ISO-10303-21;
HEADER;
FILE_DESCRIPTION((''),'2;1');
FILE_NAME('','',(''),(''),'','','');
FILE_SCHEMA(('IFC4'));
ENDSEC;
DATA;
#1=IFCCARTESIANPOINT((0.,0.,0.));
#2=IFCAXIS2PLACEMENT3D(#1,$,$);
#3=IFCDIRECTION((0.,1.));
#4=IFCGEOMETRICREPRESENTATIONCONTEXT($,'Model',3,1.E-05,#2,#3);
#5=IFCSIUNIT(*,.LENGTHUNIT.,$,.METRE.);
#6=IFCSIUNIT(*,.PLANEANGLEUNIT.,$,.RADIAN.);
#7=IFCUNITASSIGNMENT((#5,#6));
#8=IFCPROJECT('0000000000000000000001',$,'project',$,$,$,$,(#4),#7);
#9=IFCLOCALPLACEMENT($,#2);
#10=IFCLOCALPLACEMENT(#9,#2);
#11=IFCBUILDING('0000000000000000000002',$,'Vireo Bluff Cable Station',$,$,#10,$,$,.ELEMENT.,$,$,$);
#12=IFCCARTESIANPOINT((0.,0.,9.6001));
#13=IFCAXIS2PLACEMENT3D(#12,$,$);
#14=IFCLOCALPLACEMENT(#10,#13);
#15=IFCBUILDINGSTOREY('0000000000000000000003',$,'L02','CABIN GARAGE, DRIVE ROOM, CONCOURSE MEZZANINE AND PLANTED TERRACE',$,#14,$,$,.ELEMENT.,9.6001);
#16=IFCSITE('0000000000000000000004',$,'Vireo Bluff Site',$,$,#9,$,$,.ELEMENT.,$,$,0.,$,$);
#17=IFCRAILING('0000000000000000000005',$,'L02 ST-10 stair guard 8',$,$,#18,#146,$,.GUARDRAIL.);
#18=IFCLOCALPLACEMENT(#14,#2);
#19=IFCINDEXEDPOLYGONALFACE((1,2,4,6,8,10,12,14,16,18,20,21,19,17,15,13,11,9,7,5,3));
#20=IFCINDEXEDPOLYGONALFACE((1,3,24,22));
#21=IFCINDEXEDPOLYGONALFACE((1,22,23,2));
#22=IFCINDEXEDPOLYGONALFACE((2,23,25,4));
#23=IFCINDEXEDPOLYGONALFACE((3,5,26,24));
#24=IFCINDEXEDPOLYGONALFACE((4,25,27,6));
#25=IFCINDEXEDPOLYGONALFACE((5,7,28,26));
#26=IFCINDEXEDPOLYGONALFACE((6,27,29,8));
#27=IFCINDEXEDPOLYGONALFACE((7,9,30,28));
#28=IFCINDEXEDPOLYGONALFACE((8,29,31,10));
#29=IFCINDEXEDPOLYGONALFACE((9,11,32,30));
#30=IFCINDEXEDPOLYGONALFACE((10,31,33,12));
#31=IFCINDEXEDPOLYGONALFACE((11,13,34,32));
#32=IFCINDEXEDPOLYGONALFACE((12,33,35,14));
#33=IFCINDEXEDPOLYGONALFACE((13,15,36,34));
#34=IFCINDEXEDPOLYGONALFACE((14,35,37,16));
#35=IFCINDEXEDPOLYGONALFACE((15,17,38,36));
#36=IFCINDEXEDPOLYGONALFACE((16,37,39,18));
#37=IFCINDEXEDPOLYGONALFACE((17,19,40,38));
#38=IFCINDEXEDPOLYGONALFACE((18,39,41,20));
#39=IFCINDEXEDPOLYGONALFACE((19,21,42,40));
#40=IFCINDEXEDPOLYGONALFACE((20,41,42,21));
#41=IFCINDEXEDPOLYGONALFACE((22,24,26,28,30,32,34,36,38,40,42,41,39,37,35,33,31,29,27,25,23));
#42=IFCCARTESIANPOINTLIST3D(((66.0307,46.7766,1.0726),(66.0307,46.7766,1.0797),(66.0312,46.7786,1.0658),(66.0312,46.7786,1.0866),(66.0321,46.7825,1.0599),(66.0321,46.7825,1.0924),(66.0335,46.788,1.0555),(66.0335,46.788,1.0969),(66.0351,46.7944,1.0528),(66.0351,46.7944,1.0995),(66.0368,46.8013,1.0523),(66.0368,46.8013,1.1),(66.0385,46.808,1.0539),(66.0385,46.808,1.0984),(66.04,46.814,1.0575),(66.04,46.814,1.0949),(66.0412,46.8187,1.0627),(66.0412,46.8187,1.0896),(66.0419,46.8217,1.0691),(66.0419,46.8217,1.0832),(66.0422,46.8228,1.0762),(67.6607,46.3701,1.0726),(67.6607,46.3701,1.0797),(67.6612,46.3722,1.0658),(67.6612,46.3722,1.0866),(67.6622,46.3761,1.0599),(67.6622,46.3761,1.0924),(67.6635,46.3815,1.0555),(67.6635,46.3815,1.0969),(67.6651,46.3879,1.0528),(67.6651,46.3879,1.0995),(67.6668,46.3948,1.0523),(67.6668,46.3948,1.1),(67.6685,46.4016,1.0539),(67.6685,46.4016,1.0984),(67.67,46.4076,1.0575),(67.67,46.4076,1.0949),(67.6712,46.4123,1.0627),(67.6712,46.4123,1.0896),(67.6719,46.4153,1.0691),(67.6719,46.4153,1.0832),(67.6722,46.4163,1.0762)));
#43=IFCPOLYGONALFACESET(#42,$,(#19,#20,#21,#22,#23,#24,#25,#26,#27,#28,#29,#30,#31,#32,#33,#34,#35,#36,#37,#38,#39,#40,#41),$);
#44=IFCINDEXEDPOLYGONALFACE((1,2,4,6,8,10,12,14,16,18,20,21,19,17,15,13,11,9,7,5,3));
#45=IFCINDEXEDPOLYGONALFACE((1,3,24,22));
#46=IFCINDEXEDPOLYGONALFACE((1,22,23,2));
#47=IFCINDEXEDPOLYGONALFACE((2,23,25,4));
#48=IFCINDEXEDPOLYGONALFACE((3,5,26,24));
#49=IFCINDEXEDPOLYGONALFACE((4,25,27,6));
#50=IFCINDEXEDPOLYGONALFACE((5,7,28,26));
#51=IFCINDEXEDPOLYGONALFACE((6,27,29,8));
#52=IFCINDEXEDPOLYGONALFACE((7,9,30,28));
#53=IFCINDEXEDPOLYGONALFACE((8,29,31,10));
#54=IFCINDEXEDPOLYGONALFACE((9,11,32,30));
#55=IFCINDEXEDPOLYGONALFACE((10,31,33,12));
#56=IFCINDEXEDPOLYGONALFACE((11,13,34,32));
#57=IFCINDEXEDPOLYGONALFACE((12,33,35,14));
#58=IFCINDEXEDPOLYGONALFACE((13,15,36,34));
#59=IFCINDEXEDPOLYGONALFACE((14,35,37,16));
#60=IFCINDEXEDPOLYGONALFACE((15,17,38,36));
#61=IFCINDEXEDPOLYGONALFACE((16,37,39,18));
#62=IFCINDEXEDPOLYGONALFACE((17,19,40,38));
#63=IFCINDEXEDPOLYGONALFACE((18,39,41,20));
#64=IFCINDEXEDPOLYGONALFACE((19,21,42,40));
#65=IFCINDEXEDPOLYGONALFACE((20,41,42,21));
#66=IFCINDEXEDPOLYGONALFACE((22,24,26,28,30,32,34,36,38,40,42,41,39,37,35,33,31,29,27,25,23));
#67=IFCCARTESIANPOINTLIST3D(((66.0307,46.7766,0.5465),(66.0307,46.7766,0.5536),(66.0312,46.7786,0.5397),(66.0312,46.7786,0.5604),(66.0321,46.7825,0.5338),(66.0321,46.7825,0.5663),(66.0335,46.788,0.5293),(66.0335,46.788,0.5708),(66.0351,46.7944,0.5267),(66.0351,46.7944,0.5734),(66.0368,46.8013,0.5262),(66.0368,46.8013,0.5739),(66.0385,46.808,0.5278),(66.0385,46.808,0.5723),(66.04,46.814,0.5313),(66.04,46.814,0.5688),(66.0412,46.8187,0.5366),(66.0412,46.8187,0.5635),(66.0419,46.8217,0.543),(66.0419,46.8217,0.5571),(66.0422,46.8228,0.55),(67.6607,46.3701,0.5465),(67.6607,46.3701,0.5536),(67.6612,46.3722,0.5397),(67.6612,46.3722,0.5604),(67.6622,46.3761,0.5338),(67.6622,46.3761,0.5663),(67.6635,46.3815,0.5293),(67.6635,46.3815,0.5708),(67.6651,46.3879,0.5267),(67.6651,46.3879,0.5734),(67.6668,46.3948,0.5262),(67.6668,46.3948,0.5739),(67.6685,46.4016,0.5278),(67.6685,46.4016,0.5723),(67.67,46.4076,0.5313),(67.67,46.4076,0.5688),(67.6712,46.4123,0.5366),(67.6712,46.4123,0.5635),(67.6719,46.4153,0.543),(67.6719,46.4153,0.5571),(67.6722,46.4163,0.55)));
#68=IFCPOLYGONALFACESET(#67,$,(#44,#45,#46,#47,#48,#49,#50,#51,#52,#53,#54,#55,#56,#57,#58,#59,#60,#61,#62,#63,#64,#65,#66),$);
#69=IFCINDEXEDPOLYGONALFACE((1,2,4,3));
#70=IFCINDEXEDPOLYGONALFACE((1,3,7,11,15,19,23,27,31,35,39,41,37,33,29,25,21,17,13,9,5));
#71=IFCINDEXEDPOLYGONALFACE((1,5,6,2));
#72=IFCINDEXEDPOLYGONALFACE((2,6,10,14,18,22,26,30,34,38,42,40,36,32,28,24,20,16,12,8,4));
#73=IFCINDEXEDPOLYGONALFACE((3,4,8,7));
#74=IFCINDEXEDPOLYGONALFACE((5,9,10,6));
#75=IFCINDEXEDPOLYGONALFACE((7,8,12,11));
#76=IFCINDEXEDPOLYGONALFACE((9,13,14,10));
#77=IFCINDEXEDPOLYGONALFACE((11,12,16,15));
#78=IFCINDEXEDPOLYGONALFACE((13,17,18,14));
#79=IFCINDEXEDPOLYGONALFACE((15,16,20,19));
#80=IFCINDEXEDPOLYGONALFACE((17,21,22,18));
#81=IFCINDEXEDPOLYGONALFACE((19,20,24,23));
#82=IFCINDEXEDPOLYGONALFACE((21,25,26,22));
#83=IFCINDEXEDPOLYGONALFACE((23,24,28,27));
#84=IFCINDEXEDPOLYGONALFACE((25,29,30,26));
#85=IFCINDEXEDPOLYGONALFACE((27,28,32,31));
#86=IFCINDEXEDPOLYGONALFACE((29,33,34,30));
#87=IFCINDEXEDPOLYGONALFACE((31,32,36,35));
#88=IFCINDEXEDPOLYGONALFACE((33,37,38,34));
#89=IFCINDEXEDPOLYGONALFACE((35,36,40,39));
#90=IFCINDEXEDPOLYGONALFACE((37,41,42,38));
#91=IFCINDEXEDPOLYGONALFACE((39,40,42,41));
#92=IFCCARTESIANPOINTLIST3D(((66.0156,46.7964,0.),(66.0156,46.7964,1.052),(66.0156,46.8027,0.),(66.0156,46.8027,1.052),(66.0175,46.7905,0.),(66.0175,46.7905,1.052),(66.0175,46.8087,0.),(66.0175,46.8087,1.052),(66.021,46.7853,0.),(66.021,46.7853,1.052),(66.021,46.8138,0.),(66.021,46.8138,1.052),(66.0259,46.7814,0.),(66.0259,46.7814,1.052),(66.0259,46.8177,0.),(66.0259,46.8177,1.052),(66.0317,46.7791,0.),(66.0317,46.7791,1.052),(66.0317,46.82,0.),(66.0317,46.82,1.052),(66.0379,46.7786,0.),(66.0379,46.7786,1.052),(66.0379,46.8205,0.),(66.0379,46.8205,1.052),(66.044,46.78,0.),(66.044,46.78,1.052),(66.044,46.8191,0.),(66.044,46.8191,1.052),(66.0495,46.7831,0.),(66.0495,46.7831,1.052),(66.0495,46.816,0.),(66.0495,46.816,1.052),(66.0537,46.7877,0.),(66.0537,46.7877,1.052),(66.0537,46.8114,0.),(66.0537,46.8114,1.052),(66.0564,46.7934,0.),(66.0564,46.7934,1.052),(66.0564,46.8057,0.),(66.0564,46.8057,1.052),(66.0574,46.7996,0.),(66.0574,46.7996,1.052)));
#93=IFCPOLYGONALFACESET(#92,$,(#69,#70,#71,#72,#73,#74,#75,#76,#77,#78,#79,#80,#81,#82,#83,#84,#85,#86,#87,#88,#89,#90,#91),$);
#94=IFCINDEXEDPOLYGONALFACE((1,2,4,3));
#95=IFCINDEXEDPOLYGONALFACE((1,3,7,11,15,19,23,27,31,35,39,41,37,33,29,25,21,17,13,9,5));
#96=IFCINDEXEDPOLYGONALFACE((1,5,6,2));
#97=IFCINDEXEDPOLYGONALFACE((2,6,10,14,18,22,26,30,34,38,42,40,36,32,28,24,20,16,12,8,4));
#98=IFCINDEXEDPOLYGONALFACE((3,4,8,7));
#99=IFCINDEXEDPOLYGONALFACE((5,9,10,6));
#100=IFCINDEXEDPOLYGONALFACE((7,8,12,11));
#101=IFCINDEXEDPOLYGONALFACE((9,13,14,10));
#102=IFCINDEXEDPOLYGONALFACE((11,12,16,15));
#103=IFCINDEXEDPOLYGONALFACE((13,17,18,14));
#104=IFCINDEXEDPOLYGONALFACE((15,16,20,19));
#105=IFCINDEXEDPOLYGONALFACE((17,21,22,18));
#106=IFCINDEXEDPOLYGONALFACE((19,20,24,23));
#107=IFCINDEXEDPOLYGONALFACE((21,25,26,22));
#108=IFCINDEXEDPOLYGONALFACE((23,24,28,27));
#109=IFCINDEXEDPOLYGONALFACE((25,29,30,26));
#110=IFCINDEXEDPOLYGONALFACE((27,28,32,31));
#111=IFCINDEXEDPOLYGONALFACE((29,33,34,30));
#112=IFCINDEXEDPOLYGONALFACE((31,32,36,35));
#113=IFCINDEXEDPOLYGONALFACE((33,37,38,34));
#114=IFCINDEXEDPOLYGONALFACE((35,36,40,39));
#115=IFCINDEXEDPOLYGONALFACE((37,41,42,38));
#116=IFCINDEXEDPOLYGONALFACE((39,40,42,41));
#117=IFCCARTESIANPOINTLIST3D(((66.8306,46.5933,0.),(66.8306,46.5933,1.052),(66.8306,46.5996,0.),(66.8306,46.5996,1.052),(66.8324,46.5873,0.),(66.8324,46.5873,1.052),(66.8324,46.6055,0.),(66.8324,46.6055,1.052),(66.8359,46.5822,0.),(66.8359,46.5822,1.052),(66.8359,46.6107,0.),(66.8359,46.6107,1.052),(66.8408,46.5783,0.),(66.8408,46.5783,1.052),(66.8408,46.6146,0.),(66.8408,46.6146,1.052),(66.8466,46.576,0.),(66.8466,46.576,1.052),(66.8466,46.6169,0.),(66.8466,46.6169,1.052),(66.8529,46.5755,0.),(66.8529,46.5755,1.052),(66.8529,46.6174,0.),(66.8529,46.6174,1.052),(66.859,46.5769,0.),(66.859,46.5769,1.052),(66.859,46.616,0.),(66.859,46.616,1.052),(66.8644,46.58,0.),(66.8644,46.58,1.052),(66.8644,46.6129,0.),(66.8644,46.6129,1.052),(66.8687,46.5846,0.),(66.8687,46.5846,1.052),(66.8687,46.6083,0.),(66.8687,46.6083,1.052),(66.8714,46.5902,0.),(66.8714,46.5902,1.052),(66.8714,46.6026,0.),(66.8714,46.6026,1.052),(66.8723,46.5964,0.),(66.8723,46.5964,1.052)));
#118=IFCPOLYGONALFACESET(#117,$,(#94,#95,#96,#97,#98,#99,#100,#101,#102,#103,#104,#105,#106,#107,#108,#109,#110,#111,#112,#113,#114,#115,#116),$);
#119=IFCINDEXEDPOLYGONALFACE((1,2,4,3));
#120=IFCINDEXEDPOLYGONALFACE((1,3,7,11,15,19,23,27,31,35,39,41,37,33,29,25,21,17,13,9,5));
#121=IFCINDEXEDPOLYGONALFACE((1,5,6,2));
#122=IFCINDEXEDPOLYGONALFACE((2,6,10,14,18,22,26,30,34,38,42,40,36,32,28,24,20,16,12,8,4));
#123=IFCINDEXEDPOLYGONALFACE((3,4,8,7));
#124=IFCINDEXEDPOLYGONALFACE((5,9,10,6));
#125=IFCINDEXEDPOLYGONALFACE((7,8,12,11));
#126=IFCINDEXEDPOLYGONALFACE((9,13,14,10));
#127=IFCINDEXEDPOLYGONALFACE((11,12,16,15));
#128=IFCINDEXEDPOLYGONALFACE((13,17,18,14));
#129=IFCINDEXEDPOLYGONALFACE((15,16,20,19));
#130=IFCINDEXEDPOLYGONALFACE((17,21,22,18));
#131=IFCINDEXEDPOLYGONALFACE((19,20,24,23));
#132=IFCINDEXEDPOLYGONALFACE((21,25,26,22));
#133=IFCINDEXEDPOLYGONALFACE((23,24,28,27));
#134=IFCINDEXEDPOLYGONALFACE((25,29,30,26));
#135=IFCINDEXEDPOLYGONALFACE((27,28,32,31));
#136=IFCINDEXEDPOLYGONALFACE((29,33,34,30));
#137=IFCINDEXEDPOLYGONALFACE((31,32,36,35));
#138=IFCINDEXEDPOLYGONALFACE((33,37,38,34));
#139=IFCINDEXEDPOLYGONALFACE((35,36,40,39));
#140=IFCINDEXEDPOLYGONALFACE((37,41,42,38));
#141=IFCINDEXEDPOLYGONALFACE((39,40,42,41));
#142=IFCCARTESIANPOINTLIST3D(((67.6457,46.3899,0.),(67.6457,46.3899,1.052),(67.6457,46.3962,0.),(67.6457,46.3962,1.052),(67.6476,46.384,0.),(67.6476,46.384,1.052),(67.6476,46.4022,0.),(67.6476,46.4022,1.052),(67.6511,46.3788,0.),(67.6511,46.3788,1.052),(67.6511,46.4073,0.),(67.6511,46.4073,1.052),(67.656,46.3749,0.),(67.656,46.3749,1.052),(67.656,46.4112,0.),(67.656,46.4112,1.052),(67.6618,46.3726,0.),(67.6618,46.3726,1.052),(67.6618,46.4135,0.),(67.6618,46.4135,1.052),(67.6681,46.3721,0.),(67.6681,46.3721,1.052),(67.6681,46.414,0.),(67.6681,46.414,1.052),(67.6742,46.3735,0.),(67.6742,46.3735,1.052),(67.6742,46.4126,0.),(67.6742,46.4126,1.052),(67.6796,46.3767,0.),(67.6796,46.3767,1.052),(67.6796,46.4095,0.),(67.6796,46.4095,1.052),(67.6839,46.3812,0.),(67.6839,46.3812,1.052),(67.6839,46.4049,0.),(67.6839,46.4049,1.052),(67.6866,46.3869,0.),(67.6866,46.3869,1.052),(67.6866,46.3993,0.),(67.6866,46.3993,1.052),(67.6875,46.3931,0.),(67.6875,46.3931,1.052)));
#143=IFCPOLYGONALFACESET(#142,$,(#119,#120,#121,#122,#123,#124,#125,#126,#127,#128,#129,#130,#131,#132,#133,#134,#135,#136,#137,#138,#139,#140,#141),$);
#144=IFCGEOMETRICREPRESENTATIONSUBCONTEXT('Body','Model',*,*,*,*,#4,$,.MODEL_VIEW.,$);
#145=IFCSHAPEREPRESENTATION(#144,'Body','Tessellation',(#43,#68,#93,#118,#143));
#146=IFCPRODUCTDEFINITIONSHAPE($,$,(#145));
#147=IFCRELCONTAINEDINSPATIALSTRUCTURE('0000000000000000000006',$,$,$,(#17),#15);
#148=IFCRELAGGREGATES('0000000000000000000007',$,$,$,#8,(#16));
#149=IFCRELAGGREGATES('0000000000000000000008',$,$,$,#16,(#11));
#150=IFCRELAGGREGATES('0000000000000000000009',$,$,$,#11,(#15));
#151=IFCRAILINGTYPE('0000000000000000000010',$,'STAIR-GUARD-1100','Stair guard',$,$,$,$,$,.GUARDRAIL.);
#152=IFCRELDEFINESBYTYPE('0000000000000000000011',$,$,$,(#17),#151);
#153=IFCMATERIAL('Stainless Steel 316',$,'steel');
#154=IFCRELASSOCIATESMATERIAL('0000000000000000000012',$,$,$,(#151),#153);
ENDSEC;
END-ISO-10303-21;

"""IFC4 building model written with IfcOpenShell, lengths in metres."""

from ifc_helpers import new_model, si_unit, direction, frame, origin, origin_2d, place, context, subcontext, project, spatial, circle, extrude, material, type_object, element, save


model = new_model("IFC4")

# Units and contexts
model_context = context("Model", 3, precision=1e-05, world=origin(), true_north=direction((0.0, 1.0)))
body_context = subcontext(model_context, "Body", "Model", "MODEL_VIEW")
ifc_project = project(units=[si_unit("LENGTHUNIT", "METRE"), si_unit("PLANEANGLEUNIT", "RADIAN")], contexts=[model_context])

# Site, building, storey
site_placement = place(None, origin())
site = spatial("IfcSite", under=ifc_project, at=site_placement, Name="Vireo Bluff Site", CompositionType="ELEMENT", RefElevation=0.0)
building_placement = place(site_placement, origin())
building = spatial("IfcBuilding", under=site, at=building_placement, Name="Vireo Bluff Cable Station", CompositionType="ELEMENT")
storey_placement = place(building_placement, frame((0.0, 0.0, 9.6001)))
storey = spatial("IfcBuildingStorey", under=building, at=storey_placement, Name="L02", Description="CABIN GARAGE, DRIVE ROOM, CONCOURSE MEZZANINE AND PLANTED TERRACE", CompositionType="ELEMENT", Elevation=9.6001)

# Railing
ifc_material_1 = material(Name="Stainless Steel 316", Category="steel")
railing_type_1 = type_object("IfcRailingType", Name="STAIR-GUARD-1100", Description="Stair guard", PredefinedType="GUARDRAIL", material=ifc_material_1)
for number, where, name in (
    (1, (66.0364, 46.7996, 0.0), "L02 ST-10 stair guard 8"),
):
    element("IfcRailing", number, at=place(storey_placement, frame(where)), inside=storey, type_object=railing_type_1, Name=name, PredefinedType="GUARDRAIL", context=body_context, shape_type="SweptSolid", body=[
        extrude(circle(Radius=0.0239, at=origin_2d()), frame((0.0, 0.0, 1.0762), z_axis=(0.970288, -0.241954, 0.0), x_axis=(0.241954, 0.970288, 0.0)), (0.0, 0.0, 1.0), 1.6799),
        extrude(circle(Radius=0.0239, at=origin_2d()), frame((0.0, 0.0, 0.55), z_axis=(0.970288, -0.241954, 0.0), x_axis=(0.241954, 0.970288, 0.0)), (0.0, 0.0, 1.0), 1.6799),
        extrude(circle(Radius=0.021, at=origin_2d()), origin(), (0.0, 0.0, 1.0), 1.052),
        extrude(circle(Radius=0.021, at=origin_2d()), frame((0.8149, -0.2031, 0.0)), (0.0, 0.0, 1.0), 1.052),
        extrude(circle(Radius=0.021, at=origin_2d()), frame((1.6301, -0.4065, 0.0)), (0.0, 0.0, 1.0), 1.052),
    ])

save(model, "model.ifc")
